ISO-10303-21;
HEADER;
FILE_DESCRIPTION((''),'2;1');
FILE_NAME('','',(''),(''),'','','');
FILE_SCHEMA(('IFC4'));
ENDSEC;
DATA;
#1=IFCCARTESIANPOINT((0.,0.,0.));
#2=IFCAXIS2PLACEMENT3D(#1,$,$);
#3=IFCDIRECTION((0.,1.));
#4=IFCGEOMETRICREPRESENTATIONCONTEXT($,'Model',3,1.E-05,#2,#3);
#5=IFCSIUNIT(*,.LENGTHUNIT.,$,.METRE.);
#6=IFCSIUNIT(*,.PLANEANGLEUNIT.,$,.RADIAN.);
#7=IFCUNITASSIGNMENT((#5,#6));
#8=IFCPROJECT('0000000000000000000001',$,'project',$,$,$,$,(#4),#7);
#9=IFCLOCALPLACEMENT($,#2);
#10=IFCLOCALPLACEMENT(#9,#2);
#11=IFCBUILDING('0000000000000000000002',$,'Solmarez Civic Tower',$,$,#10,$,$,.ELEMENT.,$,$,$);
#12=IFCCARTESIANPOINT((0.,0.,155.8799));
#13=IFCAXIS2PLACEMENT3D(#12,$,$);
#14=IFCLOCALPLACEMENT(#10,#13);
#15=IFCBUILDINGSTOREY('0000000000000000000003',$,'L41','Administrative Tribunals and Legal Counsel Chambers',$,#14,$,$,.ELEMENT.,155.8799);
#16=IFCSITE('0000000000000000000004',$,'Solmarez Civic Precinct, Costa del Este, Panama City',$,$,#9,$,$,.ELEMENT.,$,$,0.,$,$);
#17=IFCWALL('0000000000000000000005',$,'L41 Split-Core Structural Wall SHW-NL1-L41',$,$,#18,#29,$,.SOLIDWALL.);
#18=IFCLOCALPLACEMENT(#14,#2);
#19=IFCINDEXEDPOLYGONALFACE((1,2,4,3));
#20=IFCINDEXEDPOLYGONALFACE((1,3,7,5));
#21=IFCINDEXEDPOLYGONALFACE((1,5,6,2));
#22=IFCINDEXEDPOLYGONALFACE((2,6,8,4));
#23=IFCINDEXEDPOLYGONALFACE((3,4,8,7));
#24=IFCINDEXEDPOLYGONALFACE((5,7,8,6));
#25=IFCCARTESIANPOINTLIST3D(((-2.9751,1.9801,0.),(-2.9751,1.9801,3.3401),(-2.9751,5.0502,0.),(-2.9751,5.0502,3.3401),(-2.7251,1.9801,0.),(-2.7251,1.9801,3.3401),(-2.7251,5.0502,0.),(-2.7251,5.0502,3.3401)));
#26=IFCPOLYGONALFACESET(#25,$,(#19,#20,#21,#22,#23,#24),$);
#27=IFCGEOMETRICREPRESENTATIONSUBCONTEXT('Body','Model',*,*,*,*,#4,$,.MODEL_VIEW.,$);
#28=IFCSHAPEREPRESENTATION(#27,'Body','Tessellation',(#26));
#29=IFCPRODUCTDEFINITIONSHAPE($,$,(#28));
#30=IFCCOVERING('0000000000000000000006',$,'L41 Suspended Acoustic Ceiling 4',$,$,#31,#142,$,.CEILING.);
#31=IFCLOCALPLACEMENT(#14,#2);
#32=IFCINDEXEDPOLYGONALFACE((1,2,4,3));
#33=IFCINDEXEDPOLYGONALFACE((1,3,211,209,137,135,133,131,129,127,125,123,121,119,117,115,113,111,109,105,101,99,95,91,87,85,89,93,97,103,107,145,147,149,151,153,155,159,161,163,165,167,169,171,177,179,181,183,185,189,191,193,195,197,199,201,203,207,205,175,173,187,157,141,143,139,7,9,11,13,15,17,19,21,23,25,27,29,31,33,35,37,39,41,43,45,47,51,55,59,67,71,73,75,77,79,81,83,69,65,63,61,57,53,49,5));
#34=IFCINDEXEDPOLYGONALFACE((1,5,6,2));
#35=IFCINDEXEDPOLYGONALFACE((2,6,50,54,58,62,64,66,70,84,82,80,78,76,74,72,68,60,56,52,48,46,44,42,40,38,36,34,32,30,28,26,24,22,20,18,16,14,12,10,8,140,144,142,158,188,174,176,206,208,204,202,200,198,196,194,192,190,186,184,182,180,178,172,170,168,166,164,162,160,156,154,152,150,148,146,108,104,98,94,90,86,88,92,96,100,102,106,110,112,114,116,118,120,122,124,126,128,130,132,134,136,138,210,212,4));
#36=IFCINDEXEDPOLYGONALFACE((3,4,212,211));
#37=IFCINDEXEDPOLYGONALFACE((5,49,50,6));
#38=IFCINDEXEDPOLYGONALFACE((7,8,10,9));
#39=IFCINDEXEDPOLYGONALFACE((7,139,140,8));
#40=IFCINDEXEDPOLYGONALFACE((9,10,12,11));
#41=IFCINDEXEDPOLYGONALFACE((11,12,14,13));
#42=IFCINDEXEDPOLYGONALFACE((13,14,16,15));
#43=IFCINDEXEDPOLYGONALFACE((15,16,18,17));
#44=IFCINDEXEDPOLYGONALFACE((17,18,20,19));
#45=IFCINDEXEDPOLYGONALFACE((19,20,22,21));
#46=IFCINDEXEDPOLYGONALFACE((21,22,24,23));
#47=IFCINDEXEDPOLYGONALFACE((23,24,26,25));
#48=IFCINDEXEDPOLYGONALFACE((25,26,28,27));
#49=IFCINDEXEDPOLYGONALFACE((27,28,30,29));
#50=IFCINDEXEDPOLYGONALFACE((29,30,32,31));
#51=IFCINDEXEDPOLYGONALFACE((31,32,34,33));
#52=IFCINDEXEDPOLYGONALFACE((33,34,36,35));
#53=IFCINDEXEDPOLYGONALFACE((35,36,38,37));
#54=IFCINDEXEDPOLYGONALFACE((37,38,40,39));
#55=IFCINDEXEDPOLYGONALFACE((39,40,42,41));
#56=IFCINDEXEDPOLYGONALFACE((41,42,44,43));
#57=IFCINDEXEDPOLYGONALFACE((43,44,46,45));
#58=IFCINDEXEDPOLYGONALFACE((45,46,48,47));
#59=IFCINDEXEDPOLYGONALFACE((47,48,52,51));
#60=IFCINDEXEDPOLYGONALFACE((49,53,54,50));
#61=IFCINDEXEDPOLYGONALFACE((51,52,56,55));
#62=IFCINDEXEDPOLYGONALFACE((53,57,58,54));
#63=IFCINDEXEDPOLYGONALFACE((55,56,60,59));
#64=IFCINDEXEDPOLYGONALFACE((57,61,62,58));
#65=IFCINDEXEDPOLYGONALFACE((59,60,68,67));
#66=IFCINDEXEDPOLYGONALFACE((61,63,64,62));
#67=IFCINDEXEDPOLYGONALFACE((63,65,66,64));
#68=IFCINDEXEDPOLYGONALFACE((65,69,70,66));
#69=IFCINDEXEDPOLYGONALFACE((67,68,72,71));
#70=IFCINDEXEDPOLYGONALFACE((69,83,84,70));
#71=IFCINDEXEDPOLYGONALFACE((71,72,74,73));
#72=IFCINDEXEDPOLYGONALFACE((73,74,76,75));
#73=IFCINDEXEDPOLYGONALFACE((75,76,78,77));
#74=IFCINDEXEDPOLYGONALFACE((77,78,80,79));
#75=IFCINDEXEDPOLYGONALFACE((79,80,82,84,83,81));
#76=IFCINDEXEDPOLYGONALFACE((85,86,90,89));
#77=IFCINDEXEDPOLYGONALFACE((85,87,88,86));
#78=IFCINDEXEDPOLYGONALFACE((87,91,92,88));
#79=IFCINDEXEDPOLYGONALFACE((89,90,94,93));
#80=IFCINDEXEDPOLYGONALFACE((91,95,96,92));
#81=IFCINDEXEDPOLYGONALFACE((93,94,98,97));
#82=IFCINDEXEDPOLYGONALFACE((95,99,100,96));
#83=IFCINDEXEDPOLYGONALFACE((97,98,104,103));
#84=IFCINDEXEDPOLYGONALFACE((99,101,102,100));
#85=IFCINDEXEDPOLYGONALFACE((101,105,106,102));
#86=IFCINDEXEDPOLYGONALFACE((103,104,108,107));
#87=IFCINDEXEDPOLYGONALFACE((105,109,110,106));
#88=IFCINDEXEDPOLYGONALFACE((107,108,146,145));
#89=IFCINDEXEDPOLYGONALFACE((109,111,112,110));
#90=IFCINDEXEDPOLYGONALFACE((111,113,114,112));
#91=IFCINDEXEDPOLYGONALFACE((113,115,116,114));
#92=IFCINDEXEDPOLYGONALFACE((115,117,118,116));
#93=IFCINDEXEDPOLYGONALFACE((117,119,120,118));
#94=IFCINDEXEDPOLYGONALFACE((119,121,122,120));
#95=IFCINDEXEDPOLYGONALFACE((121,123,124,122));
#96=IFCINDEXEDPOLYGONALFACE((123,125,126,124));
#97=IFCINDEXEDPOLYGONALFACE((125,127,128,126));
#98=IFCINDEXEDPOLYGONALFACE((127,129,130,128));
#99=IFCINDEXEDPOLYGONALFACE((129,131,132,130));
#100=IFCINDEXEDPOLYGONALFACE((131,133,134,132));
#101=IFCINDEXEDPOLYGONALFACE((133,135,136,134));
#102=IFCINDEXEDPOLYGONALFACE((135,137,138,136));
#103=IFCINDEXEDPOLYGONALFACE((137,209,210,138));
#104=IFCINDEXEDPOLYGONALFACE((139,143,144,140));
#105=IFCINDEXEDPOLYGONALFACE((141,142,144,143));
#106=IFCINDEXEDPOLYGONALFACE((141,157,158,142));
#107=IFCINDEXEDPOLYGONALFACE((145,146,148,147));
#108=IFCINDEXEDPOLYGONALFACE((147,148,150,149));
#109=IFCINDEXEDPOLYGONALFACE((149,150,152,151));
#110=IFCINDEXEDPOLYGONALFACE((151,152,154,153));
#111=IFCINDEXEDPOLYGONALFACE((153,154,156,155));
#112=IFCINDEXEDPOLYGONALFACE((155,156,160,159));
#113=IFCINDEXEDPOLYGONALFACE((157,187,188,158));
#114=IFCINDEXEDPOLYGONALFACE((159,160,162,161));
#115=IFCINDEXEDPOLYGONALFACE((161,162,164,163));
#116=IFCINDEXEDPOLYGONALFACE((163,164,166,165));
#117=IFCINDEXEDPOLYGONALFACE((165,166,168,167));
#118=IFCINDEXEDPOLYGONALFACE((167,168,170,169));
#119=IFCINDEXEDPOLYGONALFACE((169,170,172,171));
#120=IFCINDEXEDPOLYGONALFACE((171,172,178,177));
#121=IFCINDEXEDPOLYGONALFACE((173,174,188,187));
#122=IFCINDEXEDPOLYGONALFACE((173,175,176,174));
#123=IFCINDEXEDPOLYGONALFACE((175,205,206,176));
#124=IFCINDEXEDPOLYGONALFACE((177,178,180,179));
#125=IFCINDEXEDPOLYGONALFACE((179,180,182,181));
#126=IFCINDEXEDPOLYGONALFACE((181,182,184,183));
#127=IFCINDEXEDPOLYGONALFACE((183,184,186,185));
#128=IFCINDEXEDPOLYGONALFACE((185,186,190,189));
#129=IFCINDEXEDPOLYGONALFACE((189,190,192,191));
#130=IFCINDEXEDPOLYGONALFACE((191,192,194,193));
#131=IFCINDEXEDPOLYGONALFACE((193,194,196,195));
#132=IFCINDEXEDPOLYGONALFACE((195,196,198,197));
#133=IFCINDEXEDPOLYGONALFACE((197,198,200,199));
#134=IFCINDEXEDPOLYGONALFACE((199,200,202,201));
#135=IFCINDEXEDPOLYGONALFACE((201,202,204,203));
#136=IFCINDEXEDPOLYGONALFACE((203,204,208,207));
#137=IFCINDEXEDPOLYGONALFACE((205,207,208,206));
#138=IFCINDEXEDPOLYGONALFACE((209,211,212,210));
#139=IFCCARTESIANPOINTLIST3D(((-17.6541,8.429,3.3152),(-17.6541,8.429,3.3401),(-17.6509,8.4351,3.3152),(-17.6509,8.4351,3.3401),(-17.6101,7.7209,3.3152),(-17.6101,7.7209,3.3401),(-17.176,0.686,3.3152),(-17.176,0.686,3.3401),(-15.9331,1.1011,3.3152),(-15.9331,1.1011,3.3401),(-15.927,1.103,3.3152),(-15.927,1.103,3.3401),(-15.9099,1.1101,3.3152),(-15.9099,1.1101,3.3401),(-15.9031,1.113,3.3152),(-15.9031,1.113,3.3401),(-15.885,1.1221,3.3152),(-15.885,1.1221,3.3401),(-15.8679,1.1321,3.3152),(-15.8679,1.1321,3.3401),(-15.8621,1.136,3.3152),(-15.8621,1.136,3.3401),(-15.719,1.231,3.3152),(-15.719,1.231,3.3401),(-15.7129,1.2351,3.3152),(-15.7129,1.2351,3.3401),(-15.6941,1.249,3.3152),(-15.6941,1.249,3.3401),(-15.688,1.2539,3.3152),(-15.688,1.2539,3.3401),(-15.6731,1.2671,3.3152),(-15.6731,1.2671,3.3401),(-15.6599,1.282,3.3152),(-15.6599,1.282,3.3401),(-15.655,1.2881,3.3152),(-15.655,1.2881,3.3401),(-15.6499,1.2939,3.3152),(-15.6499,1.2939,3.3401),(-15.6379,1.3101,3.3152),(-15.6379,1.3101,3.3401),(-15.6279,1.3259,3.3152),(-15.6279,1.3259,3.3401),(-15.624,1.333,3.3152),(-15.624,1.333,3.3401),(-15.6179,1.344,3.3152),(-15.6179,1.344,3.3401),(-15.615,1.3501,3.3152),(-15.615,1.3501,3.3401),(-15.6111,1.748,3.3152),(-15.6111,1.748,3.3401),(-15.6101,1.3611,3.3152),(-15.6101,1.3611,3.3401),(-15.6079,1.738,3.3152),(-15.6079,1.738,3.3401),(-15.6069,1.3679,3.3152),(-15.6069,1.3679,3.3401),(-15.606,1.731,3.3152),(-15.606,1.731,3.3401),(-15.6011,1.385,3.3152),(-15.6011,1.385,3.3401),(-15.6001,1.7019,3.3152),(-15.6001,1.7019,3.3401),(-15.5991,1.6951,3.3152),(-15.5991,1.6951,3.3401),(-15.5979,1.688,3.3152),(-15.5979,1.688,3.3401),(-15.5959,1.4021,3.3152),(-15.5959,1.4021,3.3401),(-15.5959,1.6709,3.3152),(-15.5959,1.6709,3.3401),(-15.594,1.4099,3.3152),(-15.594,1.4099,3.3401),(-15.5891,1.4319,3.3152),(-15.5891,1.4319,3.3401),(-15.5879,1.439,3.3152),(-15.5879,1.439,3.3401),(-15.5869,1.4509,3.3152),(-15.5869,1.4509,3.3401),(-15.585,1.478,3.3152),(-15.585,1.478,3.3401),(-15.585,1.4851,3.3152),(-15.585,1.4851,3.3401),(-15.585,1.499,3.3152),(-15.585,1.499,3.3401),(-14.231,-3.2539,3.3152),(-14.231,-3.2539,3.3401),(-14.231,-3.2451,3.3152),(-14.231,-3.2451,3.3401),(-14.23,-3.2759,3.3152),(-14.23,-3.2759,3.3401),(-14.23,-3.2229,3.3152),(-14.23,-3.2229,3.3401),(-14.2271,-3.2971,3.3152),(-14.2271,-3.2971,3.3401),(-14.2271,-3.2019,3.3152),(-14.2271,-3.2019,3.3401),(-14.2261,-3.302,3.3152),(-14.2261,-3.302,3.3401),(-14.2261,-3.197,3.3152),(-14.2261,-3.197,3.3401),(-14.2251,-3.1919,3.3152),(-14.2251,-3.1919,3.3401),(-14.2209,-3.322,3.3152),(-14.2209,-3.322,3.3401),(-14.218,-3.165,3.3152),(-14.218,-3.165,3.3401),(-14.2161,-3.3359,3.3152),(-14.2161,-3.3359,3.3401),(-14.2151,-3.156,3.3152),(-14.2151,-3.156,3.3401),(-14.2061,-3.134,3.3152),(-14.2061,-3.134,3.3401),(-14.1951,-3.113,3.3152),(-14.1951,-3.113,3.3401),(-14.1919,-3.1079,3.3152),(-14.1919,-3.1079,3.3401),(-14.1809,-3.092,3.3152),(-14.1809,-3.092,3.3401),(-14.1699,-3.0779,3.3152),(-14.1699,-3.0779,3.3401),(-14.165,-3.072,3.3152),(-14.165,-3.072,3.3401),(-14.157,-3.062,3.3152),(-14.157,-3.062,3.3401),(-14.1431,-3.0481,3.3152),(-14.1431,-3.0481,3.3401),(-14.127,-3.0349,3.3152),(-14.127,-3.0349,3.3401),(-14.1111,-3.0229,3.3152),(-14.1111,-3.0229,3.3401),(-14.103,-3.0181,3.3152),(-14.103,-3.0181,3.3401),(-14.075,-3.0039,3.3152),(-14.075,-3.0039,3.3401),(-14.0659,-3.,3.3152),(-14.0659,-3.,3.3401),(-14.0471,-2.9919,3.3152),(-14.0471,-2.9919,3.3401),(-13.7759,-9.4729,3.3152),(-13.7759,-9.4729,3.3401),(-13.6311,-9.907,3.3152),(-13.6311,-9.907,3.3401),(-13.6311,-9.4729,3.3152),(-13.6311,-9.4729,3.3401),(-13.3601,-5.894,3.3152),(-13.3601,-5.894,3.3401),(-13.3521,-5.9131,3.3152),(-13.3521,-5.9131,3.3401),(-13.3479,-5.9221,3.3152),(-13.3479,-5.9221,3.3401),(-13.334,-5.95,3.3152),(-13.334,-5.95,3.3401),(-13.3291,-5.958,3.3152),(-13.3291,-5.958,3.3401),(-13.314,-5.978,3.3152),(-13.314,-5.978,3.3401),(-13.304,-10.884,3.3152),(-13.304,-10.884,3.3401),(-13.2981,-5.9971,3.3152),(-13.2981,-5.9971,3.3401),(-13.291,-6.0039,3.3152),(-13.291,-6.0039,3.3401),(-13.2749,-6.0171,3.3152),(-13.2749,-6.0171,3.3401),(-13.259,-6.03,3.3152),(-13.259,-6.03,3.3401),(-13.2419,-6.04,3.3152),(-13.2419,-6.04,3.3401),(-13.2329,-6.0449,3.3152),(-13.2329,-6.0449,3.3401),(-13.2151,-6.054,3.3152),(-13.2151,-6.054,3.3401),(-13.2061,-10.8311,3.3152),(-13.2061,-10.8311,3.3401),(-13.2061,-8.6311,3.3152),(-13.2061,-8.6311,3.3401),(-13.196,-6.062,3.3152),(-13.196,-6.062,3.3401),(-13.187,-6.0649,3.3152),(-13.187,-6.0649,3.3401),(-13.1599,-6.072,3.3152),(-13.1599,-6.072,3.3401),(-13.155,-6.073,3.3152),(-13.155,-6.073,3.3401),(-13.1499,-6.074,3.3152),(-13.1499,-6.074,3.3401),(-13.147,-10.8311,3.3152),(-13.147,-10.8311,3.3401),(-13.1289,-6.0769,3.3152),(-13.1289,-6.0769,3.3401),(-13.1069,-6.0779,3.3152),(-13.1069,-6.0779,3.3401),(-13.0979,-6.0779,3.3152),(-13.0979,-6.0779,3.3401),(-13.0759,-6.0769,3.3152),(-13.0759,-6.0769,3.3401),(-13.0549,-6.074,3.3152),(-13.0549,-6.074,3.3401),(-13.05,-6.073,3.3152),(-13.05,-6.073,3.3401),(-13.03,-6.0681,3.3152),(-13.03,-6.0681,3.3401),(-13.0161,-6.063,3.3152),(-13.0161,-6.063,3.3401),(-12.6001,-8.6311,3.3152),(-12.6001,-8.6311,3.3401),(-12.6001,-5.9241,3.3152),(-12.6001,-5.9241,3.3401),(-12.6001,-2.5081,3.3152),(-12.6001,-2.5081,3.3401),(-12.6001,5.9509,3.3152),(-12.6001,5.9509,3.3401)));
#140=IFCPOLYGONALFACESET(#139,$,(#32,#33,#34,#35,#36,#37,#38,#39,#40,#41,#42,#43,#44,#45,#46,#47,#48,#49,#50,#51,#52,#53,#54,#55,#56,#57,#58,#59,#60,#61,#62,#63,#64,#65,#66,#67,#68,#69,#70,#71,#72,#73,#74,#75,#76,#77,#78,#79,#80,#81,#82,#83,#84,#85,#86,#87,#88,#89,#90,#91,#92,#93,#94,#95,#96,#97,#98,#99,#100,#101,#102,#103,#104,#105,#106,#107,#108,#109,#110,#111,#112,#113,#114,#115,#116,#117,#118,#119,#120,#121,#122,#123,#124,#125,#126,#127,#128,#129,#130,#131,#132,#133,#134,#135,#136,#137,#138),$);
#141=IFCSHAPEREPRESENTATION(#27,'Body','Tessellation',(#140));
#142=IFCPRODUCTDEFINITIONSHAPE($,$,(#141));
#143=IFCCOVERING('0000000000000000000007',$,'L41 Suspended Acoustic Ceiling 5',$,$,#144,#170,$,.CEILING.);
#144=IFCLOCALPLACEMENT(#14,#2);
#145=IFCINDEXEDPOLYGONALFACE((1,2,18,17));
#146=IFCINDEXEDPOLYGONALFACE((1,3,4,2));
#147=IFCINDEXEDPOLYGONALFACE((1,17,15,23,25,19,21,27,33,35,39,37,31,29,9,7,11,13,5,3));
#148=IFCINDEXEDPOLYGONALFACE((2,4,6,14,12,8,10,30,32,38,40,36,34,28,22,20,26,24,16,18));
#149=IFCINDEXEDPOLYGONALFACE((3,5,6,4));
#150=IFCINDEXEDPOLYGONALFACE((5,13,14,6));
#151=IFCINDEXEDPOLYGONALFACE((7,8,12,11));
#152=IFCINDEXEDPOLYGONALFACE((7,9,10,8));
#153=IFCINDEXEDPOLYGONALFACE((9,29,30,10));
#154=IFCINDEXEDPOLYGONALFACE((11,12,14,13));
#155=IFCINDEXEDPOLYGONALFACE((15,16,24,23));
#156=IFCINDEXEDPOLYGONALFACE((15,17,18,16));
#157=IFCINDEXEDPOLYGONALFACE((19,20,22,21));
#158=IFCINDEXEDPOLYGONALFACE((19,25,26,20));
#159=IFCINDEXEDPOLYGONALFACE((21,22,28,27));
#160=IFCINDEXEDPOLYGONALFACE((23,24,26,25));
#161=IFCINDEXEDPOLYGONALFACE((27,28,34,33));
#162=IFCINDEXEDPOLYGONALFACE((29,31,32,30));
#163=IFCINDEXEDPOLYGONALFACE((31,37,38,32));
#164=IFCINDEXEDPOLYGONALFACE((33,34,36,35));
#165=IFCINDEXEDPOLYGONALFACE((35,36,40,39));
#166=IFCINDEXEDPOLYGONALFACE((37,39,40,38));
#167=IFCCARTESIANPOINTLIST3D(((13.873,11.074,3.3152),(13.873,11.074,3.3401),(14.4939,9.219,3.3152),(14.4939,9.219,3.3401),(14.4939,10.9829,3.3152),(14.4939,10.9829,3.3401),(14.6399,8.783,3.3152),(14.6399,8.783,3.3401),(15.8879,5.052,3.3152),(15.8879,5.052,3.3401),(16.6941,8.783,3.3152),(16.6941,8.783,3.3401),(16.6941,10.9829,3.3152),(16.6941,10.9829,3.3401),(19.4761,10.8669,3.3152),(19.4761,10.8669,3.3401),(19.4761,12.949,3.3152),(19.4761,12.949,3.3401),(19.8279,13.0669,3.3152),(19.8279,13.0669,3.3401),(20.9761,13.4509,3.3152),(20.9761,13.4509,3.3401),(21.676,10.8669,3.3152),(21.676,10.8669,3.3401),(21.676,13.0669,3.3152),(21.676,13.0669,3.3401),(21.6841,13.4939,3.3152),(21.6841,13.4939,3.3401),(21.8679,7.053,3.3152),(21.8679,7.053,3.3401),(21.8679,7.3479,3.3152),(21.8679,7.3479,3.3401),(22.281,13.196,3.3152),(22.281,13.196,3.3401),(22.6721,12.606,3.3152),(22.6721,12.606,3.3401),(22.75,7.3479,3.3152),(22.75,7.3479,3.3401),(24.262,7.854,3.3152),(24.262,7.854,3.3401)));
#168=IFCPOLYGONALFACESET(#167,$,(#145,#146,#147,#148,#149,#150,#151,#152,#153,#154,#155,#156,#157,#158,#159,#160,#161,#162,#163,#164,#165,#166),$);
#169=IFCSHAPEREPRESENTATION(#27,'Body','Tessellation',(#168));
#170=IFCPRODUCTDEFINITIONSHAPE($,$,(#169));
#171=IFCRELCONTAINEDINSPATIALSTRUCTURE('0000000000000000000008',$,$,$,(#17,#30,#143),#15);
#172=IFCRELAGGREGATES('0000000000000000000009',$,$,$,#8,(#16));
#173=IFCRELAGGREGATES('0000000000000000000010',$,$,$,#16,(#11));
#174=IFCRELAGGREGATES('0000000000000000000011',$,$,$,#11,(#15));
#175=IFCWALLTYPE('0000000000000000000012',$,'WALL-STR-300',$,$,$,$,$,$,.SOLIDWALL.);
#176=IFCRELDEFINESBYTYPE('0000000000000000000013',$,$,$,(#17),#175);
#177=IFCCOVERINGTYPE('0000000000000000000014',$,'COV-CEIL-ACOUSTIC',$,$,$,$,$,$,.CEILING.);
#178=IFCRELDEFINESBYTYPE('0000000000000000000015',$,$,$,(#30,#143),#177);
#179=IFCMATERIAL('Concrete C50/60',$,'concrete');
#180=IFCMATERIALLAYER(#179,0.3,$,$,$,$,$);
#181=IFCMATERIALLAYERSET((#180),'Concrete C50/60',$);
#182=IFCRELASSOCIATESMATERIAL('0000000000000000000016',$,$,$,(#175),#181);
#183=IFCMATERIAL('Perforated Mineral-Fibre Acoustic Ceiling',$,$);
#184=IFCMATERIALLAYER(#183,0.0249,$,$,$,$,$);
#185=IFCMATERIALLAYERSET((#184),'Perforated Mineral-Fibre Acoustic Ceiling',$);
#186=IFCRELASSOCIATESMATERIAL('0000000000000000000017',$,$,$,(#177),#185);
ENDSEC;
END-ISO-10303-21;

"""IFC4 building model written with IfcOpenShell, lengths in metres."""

from ifc_helpers import new_model, si_unit, direction, frame, frame_2d, origin, place, context, subcontext, project, spatial, polyline, rectangle, outline, extrude, material, layer, layer_set, type_object, element, save


model = new_model("IFC4")

# Units and contexts
model_context = context("Model", 3, precision=1e-05, world=origin(), true_north=direction((0.0, 1.0)))
body_context = subcontext(model_context, "Body", "Model", "MODEL_VIEW")
ifc_project = project(units=[si_unit("LENGTHUNIT", "METRE"), si_unit("PLANEANGLEUNIT", "RADIAN")], contexts=[model_context])

# Site, building, storey
site_placement = place(None, origin())
site = spatial("IfcSite", under=ifc_project, at=site_placement, Name="Solmarez Civic Precinct, Costa del Este, Panama City", CompositionType="ELEMENT", RefElevation=0.0)
building_placement = place(site_placement, origin())
building = spatial("IfcBuilding", under=site, at=building_placement, Name="Solmarez Civic Tower", CompositionType="ELEMENT")
storey_placement = place(building_placement, frame((0.0, 0.0, 155.8799)))
storey = spatial("IfcBuildingStorey", under=building, at=storey_placement, Name="L41", Description="Administrative Tribunals and Legal Counsel Chambers", CompositionType="ELEMENT", Elevation=155.8799)

# Shared definitions
ifc_material_1 = material(Name="Concrete C50/60", Category="concrete")

# Shared definitions
ifc_layer_1 = layer(ifc_material_1, 0.3)
ifc_layer_set_1 = layer_set([ifc_layer_1], Name="Concrete C50/60")
wall_type_1 = type_object("IfcWallType", Name="WALL-STR-300", PredefinedType="SOLIDWALL", material=ifc_layer_set_1)

# Wall
wall_1_placement = place(storey_placement, frame((-2.8501, 1.98, 0.0), z_axis=(0.0, 0.0, 1.0), x_axis=(0.0, 1.0, 0.0)))
element("IfcWall", 1, at=wall_1_placement, inside=storey, type_object=wall_type_1, Name="L41 Split-Core Structural Wall SHW-NL1-L41", PredefinedType="SOLIDWALL", context=body_context, shape_type="SweptSolid", body=[
    extrude(rectangle(XDim=3.0701, YDim=0.25, at=frame_2d((1.5352, 0.0))), origin(), (0.0, 0.0, 1.0), 3.3401),
])

# Coverings
ifc_material_2 = material(Name="Perforated Mineral-Fibre Acoustic Ceiling")
ifc_layer_2 = layer(ifc_material_2, 0.0249)
ifc_layer_set_2 = layer_set([ifc_layer_2], Name="Perforated Mineral-Fibre Acoustic Ceiling")
covering_type_1 = type_object("IfcCoveringType", Name="COV-CEIL-ACOUSTIC", PredefinedType="CEILING", material=ifc_layer_set_2)
covering_1_placement = place(storey_placement, frame((0.0, 0.0, 3.3152)))
element("IfcCovering", 2, at=covering_1_placement, inside=storey, type_object=covering_type_1, Name="L41 Suspended Acoustic Ceiling 4", PredefinedType="CEILING", context=body_context, shape_type="SweptSolid", body=[
    extrude(outline(polyline([(-14.2161, -3.3359), (-14.2209, -3.322), (-14.2261, -3.302), (-14.2271, -3.2971), (-14.23, -3.2759), (-14.231, -3.2539), (-14.231, -3.2451), (-14.23, -3.2229), (-14.2271, -3.2019), (-14.2261, -3.197), (-14.2251, -3.1919), (-14.218, -3.165), (-14.2151, -3.156), (-14.2061, -3.134), (-14.1951, -3.113), (-14.1919, -3.1079), (-14.1809, -3.092), (-14.1699, -3.0779), (-14.165, -3.072), (-14.157, -3.062), (-14.1431, -3.0481), (-14.127, -3.0349), (-14.1111, -3.0229), (-14.103, -3.0181), (-14.075, -3.0039), (-14.0659, -3.0), (-14.0471, -2.9919), (-12.6001, -2.5081), (-12.6001, 5.9509), (-17.6509, 8.4351), (-17.6541, 8.429), (-17.6101, 7.7209), (-15.6111, 1.748), (-15.6079, 1.738), (-15.606, 1.731), (-15.6001, 1.7019), (-15.5991, 1.6951), (-15.5979, 1.688), (-15.5959, 1.6709), (-15.585, 1.499), (-15.585, 1.4851), (-15.585, 1.478), (-15.5869, 1.4509), (-15.5879, 1.439), (-15.5891, 1.4319), (-15.594, 1.4099), (-15.5959, 1.4021), (-15.6011, 1.385), (-15.6069, 1.3679), (-15.6101, 1.3611), (-15.615, 1.3501), (-15.6179, 1.344), (-15.624, 1.333), (-15.6279, 1.3259), (-15.6379, 1.3101), (-15.6499, 1.2939), (-15.655, 1.2881), (-15.6599, 1.282), (-15.6731, 1.2671), (-15.688, 1.2539), (-15.6941, 1.249), (-15.7129, 1.2351), (-15.719, 1.231), (-15.8621, 1.136), (-15.8679, 1.1321), (-15.885, 1.1221), (-15.9031, 1.113), (-15.9099, 1.1101), (-15.927, 1.103), (-15.9331, 1.1011), (-17.176, 0.686), (-13.7759, -9.4729), (-13.6311, -9.4729), (-13.6311, -9.907), (-13.304, -10.884), (-13.147, -10.8311), (-13.2061, -10.8311), (-13.2061, -8.6311), (-12.6001, -8.6311), (-12.6001, -5.9241), (-13.0161, -6.063), (-13.03, -6.0681), (-13.05, -6.073), (-13.0549, -6.074), (-13.0759, -6.0769), (-13.0979, -6.0779), (-13.1069, -6.0779), (-13.1289, -6.0769), (-13.1499, -6.074), (-13.155, -6.073), (-13.1599, -6.072), (-13.187, -6.0649), (-13.196, -6.062), (-13.2151, -6.054), (-13.2329, -6.0449), (-13.2419, -6.04), (-13.259, -6.03), (-13.2749, -6.0171), (-13.291, -6.0039), (-13.2981, -5.9971), (-13.314, -5.978), (-13.3291, -5.958), (-13.334, -5.95), (-13.3479, -5.9221), (-13.3521, -5.9131), (-13.3601, -5.894), (-14.2161, -3.3359)])), origin(), (0.0, 0.0, 1.0), 0.0249),
])
covering_2_placement = place(storey_placement, frame((0.0, 0.0, 3.3152)))
element("IfcCovering", 3, at=covering_2_placement, inside=storey, type_object=covering_type_1, Name="L41 Suspended Acoustic Ceiling 5", PredefinedType="CEILING", context=body_context, shape_type="SweptSolid", body=[
    extrude(outline(polyline([(24.262, 7.854), (22.6721, 12.606), (22.281, 13.196), (21.6841, 13.4939), (20.9761, 13.4509), (19.8279, 13.0669), (21.676, 13.0669), (21.676, 10.8669), (19.4761, 10.8669), (19.4761, 12.949), (13.873, 11.074), (14.4939, 9.219), (14.4939, 10.9829), (16.6941, 10.9829), (16.6941, 8.783), (14.6399, 8.783), (15.8879, 5.052), (21.8679, 7.053), (21.8679, 7.3479), (22.75, 7.3479), (24.262, 7.854)])), origin(), (0.0, 0.0, 1.0), 0.0249),
])

save(model, "model.ifc")
